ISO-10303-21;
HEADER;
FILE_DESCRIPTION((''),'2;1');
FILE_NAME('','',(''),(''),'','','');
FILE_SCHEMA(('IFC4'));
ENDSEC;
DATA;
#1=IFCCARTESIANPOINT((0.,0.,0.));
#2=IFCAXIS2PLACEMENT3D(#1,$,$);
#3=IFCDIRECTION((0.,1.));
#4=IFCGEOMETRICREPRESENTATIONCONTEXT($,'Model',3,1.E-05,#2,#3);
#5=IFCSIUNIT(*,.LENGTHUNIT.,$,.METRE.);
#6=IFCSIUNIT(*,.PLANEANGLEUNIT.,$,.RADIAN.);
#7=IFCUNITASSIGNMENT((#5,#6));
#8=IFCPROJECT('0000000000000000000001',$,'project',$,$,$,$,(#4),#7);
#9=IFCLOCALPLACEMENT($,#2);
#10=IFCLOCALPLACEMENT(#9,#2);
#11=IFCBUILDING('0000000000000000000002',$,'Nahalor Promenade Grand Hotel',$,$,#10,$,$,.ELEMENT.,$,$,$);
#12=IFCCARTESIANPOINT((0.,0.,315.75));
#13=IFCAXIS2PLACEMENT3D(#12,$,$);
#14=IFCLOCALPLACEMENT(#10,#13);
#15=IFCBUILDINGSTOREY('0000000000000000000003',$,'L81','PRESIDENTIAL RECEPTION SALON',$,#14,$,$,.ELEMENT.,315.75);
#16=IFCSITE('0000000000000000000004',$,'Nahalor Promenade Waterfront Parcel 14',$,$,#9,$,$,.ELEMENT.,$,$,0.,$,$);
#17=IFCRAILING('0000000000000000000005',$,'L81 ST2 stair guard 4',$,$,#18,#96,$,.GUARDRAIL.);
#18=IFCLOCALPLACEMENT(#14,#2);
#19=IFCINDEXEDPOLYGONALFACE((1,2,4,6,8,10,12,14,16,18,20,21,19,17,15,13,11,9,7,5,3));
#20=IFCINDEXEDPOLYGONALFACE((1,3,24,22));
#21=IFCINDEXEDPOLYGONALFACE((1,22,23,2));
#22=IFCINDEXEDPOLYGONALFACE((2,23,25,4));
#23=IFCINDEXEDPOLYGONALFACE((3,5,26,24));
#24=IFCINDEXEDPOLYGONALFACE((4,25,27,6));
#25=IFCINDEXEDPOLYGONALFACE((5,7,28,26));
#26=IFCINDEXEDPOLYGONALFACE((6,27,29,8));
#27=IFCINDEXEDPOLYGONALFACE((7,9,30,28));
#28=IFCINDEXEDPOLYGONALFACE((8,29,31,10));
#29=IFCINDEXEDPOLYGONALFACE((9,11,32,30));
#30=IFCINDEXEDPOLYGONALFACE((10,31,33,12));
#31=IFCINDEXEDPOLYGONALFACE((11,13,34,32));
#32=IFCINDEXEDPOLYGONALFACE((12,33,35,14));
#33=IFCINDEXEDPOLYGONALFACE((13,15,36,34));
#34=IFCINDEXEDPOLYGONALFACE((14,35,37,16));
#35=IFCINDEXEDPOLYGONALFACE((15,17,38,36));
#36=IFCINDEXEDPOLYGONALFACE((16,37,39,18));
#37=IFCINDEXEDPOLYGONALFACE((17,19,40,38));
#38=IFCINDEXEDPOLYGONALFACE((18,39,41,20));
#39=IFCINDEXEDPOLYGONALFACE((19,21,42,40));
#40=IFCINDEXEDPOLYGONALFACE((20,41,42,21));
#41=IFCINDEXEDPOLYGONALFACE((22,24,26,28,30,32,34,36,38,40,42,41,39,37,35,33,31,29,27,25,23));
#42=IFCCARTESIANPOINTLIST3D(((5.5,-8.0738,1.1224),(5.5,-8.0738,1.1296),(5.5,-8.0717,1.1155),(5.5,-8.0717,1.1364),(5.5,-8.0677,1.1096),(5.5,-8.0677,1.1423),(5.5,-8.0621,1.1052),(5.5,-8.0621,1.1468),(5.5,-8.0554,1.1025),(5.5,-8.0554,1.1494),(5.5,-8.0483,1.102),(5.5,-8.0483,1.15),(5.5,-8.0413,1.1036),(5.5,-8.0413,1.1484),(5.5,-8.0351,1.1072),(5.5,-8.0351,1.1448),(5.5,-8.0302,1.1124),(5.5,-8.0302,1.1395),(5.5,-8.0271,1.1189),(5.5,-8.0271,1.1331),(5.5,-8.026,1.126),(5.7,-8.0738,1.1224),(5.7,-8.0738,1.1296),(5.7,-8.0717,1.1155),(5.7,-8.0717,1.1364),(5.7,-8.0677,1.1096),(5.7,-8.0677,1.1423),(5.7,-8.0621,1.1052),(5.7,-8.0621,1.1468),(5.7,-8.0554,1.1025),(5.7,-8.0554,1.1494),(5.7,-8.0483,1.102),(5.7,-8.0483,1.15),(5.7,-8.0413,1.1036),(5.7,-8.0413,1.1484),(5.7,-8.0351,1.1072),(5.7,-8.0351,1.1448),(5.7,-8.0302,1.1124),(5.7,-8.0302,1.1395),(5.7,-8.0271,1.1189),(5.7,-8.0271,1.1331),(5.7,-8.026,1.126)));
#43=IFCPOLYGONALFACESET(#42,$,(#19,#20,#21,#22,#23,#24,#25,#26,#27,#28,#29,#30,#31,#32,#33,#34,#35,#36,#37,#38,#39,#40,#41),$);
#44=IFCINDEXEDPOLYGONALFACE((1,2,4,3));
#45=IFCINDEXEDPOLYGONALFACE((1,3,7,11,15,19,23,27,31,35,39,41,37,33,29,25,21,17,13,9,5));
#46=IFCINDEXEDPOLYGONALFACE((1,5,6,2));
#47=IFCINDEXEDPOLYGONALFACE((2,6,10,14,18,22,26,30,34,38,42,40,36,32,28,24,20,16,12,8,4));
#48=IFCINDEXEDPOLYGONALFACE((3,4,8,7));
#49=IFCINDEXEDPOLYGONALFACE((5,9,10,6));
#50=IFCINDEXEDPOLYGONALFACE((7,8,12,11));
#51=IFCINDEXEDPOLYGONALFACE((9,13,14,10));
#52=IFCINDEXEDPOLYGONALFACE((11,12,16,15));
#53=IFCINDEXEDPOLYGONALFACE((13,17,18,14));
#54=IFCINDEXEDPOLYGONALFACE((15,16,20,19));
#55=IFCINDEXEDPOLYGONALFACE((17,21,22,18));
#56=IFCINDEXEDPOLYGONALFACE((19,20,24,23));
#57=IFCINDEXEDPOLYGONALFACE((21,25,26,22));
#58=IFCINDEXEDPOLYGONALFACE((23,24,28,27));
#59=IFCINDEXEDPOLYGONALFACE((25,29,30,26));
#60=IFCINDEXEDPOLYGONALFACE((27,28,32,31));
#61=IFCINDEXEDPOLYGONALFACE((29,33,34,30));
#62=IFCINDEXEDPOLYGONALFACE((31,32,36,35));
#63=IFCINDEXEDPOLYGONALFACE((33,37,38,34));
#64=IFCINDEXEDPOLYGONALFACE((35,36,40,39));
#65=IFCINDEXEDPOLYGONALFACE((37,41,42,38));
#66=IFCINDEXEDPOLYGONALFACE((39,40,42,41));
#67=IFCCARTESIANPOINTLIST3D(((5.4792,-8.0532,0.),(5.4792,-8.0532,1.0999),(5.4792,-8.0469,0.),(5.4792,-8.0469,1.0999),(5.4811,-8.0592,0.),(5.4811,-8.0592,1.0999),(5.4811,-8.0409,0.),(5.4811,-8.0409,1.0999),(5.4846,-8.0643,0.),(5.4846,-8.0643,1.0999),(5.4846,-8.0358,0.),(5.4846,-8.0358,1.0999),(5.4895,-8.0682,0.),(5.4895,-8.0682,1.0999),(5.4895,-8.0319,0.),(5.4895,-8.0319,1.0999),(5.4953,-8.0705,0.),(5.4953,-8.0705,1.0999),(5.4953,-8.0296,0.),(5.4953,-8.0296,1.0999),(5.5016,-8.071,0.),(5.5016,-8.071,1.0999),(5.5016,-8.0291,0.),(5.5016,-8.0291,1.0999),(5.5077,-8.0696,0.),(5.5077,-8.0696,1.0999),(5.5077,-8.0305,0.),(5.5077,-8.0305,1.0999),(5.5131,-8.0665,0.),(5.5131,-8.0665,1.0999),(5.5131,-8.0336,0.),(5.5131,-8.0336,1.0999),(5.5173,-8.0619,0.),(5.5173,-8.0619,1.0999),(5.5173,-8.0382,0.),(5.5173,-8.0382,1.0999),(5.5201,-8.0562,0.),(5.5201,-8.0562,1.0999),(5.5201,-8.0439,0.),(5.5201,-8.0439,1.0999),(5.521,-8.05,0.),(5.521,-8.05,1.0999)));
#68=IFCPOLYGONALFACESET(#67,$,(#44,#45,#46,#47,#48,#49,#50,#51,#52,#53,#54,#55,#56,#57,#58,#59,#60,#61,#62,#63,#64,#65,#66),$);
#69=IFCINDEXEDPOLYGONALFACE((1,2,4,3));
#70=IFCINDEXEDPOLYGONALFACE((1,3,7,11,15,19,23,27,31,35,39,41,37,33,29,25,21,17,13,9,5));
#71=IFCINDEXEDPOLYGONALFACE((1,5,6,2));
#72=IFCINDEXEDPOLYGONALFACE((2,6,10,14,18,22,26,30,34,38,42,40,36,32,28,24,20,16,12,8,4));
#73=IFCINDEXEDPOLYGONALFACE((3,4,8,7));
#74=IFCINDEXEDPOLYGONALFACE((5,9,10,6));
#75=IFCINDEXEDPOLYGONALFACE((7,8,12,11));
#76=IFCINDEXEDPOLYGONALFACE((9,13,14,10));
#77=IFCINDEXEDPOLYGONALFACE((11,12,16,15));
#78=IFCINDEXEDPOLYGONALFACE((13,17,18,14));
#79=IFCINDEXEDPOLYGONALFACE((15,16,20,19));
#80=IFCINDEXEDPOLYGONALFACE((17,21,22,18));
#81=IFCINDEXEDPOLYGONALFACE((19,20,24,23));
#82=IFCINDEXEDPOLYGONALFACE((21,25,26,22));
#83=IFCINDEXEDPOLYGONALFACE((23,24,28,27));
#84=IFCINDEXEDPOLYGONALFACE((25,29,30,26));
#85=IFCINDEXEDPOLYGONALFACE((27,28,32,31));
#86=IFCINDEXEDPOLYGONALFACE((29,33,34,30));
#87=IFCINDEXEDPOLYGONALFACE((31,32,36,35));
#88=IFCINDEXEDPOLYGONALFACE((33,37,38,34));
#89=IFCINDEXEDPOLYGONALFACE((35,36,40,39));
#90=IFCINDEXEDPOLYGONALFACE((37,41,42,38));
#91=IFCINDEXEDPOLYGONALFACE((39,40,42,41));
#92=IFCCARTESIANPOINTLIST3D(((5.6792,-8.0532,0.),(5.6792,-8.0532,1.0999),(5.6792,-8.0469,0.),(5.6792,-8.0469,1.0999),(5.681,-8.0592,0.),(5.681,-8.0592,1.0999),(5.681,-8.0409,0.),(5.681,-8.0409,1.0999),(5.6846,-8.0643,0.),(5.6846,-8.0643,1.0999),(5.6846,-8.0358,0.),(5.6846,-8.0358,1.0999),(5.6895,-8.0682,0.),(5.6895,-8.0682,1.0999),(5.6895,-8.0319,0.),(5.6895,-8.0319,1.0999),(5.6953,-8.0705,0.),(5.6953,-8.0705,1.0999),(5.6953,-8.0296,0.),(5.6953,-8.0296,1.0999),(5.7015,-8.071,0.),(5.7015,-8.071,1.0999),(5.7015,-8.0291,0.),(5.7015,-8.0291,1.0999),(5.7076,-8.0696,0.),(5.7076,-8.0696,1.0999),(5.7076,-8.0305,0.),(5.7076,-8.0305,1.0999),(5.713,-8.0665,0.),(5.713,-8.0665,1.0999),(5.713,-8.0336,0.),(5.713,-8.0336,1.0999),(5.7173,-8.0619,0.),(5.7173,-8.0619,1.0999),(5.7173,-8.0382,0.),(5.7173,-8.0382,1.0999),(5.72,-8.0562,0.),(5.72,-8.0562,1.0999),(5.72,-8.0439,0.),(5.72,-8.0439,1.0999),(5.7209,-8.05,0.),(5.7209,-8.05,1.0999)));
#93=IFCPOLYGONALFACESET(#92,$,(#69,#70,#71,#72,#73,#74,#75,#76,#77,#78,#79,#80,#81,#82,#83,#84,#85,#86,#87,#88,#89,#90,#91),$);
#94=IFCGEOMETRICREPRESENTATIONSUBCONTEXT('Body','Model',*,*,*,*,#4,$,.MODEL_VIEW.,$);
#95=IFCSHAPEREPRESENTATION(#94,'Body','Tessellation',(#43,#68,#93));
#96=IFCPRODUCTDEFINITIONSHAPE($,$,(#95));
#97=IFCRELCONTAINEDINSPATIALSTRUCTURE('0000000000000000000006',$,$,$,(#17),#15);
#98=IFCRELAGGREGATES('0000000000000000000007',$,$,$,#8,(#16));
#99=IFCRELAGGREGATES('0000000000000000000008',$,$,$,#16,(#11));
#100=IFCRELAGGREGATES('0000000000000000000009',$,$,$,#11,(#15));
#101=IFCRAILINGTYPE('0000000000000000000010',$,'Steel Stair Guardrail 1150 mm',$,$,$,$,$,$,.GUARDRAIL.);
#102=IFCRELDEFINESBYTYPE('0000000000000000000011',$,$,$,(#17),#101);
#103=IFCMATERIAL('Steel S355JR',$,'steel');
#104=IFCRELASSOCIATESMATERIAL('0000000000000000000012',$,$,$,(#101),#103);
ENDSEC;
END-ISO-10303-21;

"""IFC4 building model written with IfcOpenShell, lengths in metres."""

from ifc_helpers import new_model, si_unit, direction, frame, origin, origin_2d, place, context, subcontext, project, spatial, circle, extrude, material, type_object, element, save


model = new_model("IFC4")

# Units and contexts
model_context = context("Model", 3, precision=1e-05, world=origin(), true_north=direction((0.0, 1.0)))
body_context = subcontext(model_context, "Body", "Model", "MODEL_VIEW")
ifc_project = project(units=[si_unit("LENGTHUNIT", "METRE"), si_unit("PLANEANGLEUNIT", "RADIAN")], contexts=[model_context])

# Site, building, storey
site_placement = place(None, origin())
site = spatial("IfcSite", under=ifc_project, at=site_placement, Name="Nahalor Promenade Waterfront Parcel 14", CompositionType="ELEMENT", RefElevation=0.0)
building_placement = place(site_placement, origin())
building = spatial("IfcBuilding", under=site, at=building_placement, Name="Nahalor Promenade Grand Hotel", CompositionType="ELEMENT")
storey_placement = place(building_placement, frame((0.0, 0.0, 315.75)))
storey = spatial("IfcBuildingStorey", under=building, at=storey_placement, Name="L81", Description="PRESIDENTIAL RECEPTION SALON", CompositionType="ELEMENT", Elevation=315.75)

# Shared definitions
ifc_material_1 = material(Name="Steel S355JR", Category="steel")

# Railing
railing_type_1 = type_object("IfcRailingType", Name="Steel Stair Guardrail 1150 mm", PredefinedType="GUARDRAIL", material=ifc_material_1)
railing_1_placement = place(storey_placement, frame((5.5, -8.05, 0.0)))
element("IfcRailing", 1, at=railing_1_placement, inside=storey, type_object=railing_type_1, Name="L81 ST2 stair guard 4", PredefinedType="GUARDRAIL", context=body_context, shape_type="SweptSolid", body=[
    extrude(circle(Radius=0.024, at=origin_2d()), frame((0.0, 0.0, 1.126), z_axis=(1.0, 0.0, 0.0), x_axis=(0.0, 1.0, 0.0)), (0.0, 0.0, 1.0), 0.2),
    extrude(circle(Radius=0.021, at=origin_2d()), origin(), (0.0, 0.0, 1.0), 1.0999),
    extrude(circle(Radius=0.021, at=origin_2d()), frame((0.2, 0.0, 0.0)), (0.0, 0.0, 1.0), 1.0999),
])

save(model, "model.ifc")
